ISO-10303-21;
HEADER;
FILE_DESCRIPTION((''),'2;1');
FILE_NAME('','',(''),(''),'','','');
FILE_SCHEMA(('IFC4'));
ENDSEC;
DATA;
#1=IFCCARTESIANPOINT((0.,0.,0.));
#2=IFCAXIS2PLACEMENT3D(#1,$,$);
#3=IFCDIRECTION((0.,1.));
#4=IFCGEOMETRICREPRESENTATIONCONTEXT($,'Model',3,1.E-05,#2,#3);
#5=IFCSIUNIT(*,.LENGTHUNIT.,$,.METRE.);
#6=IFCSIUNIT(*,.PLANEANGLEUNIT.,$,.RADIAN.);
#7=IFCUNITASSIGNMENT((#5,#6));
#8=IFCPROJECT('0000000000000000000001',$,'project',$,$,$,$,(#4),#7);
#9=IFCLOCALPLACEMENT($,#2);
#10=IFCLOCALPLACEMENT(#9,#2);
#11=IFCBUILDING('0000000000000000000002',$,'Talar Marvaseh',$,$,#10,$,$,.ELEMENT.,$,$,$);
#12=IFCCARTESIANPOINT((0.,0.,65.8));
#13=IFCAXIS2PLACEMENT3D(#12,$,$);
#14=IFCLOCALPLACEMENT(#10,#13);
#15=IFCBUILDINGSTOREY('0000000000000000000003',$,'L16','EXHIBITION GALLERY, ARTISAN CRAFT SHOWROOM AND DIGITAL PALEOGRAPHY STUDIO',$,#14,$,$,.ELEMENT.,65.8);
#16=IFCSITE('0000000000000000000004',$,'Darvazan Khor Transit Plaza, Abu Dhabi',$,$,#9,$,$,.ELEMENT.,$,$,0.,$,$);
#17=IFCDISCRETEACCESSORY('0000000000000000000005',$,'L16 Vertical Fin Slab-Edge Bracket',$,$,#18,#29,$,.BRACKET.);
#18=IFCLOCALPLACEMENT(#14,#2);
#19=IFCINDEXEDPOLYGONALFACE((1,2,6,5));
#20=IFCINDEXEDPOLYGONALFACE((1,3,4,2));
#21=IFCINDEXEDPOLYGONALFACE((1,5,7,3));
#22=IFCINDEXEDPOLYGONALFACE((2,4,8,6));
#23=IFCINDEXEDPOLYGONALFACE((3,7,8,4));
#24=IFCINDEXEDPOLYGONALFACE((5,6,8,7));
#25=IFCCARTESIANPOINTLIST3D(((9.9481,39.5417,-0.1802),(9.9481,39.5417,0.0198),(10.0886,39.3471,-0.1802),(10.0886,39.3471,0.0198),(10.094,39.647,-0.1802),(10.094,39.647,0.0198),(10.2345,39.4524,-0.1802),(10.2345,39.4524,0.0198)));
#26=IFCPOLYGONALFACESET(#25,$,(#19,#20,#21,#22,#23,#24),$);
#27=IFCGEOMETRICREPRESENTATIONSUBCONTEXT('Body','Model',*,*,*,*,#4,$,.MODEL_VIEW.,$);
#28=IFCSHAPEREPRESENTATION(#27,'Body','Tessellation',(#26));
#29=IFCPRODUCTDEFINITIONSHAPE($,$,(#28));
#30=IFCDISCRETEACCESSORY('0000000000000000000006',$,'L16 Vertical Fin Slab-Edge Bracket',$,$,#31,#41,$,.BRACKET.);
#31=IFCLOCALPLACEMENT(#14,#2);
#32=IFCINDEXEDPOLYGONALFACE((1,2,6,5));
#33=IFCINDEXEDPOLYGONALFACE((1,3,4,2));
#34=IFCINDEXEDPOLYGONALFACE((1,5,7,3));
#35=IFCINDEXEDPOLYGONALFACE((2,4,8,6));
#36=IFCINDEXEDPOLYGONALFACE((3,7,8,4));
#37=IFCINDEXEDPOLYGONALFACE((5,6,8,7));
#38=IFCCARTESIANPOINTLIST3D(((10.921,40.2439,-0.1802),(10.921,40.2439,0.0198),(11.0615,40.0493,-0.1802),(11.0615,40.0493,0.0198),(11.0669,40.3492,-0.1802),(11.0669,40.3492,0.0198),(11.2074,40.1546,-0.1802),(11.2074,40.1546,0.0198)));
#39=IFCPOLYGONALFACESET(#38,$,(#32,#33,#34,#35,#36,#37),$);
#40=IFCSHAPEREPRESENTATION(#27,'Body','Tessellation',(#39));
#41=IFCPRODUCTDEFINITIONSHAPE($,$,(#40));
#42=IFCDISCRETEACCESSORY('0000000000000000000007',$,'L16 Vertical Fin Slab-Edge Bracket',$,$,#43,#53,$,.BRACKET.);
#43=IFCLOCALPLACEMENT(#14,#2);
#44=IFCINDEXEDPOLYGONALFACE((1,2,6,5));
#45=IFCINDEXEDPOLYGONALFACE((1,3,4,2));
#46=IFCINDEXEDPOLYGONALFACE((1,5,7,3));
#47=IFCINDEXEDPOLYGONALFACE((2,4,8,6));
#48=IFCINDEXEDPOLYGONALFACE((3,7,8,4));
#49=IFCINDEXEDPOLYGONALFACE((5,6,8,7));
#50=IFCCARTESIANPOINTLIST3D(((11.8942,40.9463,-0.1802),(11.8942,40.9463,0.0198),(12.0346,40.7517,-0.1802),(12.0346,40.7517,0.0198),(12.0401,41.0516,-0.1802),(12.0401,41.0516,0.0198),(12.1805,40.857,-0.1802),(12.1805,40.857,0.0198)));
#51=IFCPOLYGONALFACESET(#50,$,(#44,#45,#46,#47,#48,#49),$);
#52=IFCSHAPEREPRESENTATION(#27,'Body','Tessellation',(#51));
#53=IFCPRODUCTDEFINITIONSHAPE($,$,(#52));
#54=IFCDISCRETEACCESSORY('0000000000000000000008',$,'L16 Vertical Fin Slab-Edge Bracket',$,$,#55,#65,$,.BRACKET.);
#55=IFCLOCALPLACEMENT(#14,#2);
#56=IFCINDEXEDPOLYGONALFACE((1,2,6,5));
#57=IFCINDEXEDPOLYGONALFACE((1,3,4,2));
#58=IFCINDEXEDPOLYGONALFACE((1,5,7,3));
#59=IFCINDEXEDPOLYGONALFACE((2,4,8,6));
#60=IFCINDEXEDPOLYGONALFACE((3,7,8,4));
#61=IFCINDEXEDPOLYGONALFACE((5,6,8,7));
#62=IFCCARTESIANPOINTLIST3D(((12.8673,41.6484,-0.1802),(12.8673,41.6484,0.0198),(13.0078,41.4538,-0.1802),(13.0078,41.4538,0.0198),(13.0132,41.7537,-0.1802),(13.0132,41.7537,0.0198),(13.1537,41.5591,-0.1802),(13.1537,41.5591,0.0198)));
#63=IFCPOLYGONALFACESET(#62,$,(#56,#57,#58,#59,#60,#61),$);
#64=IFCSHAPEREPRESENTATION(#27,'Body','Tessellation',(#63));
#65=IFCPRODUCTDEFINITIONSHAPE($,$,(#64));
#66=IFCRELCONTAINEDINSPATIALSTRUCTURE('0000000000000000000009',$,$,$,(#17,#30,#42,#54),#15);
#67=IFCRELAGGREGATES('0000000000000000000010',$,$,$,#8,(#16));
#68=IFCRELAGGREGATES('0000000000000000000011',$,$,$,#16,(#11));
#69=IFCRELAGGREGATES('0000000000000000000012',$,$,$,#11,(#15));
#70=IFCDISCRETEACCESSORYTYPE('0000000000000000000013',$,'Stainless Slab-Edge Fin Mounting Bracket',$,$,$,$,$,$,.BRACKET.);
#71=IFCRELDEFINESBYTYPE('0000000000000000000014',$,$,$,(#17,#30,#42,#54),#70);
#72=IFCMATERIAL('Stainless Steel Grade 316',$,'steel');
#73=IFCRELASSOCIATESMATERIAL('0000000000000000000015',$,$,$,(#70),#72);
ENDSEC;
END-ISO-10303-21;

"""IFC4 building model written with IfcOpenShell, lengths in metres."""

from ifc_helpers import new_model, si_unit, direction, frame, origin, origin_2d, place, context, subcontext, project, spatial, rectangle, extrude, source, transform, mapped, material, type_object, type_shapes, element, save


model = new_model("IFC4")

# Units and contexts
model_context = context("Model", 3, precision=1e-05, world=origin(), true_north=direction((0.0, 1.0)))
body_context = subcontext(model_context, "Body", "Model", "MODEL_VIEW")
ifc_project = project(units=[si_unit("LENGTHUNIT", "METRE"), si_unit("PLANEANGLEUNIT", "RADIAN")], contexts=[model_context])

# Site, building, storey
site_placement = place(None, origin())
site = spatial("IfcSite", under=ifc_project, at=site_placement, Name="Darvazan Khor Transit Plaza, Abu Dhabi", CompositionType="ELEMENT", RefElevation=0.0)
building_placement = place(site_placement, origin())
building = spatial("IfcBuilding", under=site, at=building_placement, Name="Talar Marvaseh", CompositionType="ELEMENT")
storey_placement = place(building_placement, frame((0.0, 0.0, 65.8)))
storey = spatial("IfcBuildingStorey", under=building, at=storey_placement, Name="L16", Description="EXHIBITION GALLERY, ARTISAN CRAFT SHOWROOM AND DIGITAL PALEOGRAPHY STUDIO", CompositionType="ELEMENT", Elevation=65.8)

# Discrete accessories
ifc_material_1 = material(Name="Stainless Steel Grade 316", Category="steel")
discrete_accessory_type = type_object("IfcDiscreteAccessoryType", Name="Stainless Slab-Edge Fin Mounting Bracket", PredefinedType="BRACKET", material=ifc_material_1)
shared_shape_1 = source(origin(), body_context, "Body", "SweptSolid", [
    extrude(rectangle(XDim=0.24, YDim=0.1799, at=origin_2d()), origin(), (0.0, 0.0, 1.0), 0.2),
])
type_shapes(discrete_accessory_type, [shared_shape_1])
for number, where, z_axis, x_axis, name in (
    (1, (10.0913, 39.4971, -0.1802), (0.0, 0.0, 1.0), (-0.585241, 0.81086, 0.0), "L16 Vertical Fin Slab-Edge Bracket"),
    (2, (11.0642, 40.1992, -0.1802), (0.0, 0.0, 1.0), (-0.585241, 0.81086, 0.0), "L16 Vertical Fin Slab-Edge Bracket"),
    (3, (12.0374, 40.9016, -0.1802), (0.0, 0.0, 1.0), (-0.585241, 0.81086, 0.0), "L16 Vertical Fin Slab-Edge Bracket"),
    (4, (13.0105, 41.6038, -0.1802), (0.0, 0.0, 1.0), (-0.585241, 0.81086, 0.0), "L16 Vertical Fin Slab-Edge Bracket"),
):
    element("IfcDiscreteAccessory", number, at=place(storey_placement, frame(where, z_axis=z_axis, x_axis=x_axis)), inside=storey, type_object=discrete_accessory_type, Name=name, PredefinedType="BRACKET", context=body_context, shape_type="MappedRepresentation", body=[
        mapped(shared_shape_1, transform((0.0, 0.0, 0.0), x_axis=(1.0, 0.0, 0.0), y_axis=(0.0, 1.0, 0.0), z_axis=(0.0, 0.0, 1.0), scale=1.0)),
    ])

save(model, "model.ifc")
